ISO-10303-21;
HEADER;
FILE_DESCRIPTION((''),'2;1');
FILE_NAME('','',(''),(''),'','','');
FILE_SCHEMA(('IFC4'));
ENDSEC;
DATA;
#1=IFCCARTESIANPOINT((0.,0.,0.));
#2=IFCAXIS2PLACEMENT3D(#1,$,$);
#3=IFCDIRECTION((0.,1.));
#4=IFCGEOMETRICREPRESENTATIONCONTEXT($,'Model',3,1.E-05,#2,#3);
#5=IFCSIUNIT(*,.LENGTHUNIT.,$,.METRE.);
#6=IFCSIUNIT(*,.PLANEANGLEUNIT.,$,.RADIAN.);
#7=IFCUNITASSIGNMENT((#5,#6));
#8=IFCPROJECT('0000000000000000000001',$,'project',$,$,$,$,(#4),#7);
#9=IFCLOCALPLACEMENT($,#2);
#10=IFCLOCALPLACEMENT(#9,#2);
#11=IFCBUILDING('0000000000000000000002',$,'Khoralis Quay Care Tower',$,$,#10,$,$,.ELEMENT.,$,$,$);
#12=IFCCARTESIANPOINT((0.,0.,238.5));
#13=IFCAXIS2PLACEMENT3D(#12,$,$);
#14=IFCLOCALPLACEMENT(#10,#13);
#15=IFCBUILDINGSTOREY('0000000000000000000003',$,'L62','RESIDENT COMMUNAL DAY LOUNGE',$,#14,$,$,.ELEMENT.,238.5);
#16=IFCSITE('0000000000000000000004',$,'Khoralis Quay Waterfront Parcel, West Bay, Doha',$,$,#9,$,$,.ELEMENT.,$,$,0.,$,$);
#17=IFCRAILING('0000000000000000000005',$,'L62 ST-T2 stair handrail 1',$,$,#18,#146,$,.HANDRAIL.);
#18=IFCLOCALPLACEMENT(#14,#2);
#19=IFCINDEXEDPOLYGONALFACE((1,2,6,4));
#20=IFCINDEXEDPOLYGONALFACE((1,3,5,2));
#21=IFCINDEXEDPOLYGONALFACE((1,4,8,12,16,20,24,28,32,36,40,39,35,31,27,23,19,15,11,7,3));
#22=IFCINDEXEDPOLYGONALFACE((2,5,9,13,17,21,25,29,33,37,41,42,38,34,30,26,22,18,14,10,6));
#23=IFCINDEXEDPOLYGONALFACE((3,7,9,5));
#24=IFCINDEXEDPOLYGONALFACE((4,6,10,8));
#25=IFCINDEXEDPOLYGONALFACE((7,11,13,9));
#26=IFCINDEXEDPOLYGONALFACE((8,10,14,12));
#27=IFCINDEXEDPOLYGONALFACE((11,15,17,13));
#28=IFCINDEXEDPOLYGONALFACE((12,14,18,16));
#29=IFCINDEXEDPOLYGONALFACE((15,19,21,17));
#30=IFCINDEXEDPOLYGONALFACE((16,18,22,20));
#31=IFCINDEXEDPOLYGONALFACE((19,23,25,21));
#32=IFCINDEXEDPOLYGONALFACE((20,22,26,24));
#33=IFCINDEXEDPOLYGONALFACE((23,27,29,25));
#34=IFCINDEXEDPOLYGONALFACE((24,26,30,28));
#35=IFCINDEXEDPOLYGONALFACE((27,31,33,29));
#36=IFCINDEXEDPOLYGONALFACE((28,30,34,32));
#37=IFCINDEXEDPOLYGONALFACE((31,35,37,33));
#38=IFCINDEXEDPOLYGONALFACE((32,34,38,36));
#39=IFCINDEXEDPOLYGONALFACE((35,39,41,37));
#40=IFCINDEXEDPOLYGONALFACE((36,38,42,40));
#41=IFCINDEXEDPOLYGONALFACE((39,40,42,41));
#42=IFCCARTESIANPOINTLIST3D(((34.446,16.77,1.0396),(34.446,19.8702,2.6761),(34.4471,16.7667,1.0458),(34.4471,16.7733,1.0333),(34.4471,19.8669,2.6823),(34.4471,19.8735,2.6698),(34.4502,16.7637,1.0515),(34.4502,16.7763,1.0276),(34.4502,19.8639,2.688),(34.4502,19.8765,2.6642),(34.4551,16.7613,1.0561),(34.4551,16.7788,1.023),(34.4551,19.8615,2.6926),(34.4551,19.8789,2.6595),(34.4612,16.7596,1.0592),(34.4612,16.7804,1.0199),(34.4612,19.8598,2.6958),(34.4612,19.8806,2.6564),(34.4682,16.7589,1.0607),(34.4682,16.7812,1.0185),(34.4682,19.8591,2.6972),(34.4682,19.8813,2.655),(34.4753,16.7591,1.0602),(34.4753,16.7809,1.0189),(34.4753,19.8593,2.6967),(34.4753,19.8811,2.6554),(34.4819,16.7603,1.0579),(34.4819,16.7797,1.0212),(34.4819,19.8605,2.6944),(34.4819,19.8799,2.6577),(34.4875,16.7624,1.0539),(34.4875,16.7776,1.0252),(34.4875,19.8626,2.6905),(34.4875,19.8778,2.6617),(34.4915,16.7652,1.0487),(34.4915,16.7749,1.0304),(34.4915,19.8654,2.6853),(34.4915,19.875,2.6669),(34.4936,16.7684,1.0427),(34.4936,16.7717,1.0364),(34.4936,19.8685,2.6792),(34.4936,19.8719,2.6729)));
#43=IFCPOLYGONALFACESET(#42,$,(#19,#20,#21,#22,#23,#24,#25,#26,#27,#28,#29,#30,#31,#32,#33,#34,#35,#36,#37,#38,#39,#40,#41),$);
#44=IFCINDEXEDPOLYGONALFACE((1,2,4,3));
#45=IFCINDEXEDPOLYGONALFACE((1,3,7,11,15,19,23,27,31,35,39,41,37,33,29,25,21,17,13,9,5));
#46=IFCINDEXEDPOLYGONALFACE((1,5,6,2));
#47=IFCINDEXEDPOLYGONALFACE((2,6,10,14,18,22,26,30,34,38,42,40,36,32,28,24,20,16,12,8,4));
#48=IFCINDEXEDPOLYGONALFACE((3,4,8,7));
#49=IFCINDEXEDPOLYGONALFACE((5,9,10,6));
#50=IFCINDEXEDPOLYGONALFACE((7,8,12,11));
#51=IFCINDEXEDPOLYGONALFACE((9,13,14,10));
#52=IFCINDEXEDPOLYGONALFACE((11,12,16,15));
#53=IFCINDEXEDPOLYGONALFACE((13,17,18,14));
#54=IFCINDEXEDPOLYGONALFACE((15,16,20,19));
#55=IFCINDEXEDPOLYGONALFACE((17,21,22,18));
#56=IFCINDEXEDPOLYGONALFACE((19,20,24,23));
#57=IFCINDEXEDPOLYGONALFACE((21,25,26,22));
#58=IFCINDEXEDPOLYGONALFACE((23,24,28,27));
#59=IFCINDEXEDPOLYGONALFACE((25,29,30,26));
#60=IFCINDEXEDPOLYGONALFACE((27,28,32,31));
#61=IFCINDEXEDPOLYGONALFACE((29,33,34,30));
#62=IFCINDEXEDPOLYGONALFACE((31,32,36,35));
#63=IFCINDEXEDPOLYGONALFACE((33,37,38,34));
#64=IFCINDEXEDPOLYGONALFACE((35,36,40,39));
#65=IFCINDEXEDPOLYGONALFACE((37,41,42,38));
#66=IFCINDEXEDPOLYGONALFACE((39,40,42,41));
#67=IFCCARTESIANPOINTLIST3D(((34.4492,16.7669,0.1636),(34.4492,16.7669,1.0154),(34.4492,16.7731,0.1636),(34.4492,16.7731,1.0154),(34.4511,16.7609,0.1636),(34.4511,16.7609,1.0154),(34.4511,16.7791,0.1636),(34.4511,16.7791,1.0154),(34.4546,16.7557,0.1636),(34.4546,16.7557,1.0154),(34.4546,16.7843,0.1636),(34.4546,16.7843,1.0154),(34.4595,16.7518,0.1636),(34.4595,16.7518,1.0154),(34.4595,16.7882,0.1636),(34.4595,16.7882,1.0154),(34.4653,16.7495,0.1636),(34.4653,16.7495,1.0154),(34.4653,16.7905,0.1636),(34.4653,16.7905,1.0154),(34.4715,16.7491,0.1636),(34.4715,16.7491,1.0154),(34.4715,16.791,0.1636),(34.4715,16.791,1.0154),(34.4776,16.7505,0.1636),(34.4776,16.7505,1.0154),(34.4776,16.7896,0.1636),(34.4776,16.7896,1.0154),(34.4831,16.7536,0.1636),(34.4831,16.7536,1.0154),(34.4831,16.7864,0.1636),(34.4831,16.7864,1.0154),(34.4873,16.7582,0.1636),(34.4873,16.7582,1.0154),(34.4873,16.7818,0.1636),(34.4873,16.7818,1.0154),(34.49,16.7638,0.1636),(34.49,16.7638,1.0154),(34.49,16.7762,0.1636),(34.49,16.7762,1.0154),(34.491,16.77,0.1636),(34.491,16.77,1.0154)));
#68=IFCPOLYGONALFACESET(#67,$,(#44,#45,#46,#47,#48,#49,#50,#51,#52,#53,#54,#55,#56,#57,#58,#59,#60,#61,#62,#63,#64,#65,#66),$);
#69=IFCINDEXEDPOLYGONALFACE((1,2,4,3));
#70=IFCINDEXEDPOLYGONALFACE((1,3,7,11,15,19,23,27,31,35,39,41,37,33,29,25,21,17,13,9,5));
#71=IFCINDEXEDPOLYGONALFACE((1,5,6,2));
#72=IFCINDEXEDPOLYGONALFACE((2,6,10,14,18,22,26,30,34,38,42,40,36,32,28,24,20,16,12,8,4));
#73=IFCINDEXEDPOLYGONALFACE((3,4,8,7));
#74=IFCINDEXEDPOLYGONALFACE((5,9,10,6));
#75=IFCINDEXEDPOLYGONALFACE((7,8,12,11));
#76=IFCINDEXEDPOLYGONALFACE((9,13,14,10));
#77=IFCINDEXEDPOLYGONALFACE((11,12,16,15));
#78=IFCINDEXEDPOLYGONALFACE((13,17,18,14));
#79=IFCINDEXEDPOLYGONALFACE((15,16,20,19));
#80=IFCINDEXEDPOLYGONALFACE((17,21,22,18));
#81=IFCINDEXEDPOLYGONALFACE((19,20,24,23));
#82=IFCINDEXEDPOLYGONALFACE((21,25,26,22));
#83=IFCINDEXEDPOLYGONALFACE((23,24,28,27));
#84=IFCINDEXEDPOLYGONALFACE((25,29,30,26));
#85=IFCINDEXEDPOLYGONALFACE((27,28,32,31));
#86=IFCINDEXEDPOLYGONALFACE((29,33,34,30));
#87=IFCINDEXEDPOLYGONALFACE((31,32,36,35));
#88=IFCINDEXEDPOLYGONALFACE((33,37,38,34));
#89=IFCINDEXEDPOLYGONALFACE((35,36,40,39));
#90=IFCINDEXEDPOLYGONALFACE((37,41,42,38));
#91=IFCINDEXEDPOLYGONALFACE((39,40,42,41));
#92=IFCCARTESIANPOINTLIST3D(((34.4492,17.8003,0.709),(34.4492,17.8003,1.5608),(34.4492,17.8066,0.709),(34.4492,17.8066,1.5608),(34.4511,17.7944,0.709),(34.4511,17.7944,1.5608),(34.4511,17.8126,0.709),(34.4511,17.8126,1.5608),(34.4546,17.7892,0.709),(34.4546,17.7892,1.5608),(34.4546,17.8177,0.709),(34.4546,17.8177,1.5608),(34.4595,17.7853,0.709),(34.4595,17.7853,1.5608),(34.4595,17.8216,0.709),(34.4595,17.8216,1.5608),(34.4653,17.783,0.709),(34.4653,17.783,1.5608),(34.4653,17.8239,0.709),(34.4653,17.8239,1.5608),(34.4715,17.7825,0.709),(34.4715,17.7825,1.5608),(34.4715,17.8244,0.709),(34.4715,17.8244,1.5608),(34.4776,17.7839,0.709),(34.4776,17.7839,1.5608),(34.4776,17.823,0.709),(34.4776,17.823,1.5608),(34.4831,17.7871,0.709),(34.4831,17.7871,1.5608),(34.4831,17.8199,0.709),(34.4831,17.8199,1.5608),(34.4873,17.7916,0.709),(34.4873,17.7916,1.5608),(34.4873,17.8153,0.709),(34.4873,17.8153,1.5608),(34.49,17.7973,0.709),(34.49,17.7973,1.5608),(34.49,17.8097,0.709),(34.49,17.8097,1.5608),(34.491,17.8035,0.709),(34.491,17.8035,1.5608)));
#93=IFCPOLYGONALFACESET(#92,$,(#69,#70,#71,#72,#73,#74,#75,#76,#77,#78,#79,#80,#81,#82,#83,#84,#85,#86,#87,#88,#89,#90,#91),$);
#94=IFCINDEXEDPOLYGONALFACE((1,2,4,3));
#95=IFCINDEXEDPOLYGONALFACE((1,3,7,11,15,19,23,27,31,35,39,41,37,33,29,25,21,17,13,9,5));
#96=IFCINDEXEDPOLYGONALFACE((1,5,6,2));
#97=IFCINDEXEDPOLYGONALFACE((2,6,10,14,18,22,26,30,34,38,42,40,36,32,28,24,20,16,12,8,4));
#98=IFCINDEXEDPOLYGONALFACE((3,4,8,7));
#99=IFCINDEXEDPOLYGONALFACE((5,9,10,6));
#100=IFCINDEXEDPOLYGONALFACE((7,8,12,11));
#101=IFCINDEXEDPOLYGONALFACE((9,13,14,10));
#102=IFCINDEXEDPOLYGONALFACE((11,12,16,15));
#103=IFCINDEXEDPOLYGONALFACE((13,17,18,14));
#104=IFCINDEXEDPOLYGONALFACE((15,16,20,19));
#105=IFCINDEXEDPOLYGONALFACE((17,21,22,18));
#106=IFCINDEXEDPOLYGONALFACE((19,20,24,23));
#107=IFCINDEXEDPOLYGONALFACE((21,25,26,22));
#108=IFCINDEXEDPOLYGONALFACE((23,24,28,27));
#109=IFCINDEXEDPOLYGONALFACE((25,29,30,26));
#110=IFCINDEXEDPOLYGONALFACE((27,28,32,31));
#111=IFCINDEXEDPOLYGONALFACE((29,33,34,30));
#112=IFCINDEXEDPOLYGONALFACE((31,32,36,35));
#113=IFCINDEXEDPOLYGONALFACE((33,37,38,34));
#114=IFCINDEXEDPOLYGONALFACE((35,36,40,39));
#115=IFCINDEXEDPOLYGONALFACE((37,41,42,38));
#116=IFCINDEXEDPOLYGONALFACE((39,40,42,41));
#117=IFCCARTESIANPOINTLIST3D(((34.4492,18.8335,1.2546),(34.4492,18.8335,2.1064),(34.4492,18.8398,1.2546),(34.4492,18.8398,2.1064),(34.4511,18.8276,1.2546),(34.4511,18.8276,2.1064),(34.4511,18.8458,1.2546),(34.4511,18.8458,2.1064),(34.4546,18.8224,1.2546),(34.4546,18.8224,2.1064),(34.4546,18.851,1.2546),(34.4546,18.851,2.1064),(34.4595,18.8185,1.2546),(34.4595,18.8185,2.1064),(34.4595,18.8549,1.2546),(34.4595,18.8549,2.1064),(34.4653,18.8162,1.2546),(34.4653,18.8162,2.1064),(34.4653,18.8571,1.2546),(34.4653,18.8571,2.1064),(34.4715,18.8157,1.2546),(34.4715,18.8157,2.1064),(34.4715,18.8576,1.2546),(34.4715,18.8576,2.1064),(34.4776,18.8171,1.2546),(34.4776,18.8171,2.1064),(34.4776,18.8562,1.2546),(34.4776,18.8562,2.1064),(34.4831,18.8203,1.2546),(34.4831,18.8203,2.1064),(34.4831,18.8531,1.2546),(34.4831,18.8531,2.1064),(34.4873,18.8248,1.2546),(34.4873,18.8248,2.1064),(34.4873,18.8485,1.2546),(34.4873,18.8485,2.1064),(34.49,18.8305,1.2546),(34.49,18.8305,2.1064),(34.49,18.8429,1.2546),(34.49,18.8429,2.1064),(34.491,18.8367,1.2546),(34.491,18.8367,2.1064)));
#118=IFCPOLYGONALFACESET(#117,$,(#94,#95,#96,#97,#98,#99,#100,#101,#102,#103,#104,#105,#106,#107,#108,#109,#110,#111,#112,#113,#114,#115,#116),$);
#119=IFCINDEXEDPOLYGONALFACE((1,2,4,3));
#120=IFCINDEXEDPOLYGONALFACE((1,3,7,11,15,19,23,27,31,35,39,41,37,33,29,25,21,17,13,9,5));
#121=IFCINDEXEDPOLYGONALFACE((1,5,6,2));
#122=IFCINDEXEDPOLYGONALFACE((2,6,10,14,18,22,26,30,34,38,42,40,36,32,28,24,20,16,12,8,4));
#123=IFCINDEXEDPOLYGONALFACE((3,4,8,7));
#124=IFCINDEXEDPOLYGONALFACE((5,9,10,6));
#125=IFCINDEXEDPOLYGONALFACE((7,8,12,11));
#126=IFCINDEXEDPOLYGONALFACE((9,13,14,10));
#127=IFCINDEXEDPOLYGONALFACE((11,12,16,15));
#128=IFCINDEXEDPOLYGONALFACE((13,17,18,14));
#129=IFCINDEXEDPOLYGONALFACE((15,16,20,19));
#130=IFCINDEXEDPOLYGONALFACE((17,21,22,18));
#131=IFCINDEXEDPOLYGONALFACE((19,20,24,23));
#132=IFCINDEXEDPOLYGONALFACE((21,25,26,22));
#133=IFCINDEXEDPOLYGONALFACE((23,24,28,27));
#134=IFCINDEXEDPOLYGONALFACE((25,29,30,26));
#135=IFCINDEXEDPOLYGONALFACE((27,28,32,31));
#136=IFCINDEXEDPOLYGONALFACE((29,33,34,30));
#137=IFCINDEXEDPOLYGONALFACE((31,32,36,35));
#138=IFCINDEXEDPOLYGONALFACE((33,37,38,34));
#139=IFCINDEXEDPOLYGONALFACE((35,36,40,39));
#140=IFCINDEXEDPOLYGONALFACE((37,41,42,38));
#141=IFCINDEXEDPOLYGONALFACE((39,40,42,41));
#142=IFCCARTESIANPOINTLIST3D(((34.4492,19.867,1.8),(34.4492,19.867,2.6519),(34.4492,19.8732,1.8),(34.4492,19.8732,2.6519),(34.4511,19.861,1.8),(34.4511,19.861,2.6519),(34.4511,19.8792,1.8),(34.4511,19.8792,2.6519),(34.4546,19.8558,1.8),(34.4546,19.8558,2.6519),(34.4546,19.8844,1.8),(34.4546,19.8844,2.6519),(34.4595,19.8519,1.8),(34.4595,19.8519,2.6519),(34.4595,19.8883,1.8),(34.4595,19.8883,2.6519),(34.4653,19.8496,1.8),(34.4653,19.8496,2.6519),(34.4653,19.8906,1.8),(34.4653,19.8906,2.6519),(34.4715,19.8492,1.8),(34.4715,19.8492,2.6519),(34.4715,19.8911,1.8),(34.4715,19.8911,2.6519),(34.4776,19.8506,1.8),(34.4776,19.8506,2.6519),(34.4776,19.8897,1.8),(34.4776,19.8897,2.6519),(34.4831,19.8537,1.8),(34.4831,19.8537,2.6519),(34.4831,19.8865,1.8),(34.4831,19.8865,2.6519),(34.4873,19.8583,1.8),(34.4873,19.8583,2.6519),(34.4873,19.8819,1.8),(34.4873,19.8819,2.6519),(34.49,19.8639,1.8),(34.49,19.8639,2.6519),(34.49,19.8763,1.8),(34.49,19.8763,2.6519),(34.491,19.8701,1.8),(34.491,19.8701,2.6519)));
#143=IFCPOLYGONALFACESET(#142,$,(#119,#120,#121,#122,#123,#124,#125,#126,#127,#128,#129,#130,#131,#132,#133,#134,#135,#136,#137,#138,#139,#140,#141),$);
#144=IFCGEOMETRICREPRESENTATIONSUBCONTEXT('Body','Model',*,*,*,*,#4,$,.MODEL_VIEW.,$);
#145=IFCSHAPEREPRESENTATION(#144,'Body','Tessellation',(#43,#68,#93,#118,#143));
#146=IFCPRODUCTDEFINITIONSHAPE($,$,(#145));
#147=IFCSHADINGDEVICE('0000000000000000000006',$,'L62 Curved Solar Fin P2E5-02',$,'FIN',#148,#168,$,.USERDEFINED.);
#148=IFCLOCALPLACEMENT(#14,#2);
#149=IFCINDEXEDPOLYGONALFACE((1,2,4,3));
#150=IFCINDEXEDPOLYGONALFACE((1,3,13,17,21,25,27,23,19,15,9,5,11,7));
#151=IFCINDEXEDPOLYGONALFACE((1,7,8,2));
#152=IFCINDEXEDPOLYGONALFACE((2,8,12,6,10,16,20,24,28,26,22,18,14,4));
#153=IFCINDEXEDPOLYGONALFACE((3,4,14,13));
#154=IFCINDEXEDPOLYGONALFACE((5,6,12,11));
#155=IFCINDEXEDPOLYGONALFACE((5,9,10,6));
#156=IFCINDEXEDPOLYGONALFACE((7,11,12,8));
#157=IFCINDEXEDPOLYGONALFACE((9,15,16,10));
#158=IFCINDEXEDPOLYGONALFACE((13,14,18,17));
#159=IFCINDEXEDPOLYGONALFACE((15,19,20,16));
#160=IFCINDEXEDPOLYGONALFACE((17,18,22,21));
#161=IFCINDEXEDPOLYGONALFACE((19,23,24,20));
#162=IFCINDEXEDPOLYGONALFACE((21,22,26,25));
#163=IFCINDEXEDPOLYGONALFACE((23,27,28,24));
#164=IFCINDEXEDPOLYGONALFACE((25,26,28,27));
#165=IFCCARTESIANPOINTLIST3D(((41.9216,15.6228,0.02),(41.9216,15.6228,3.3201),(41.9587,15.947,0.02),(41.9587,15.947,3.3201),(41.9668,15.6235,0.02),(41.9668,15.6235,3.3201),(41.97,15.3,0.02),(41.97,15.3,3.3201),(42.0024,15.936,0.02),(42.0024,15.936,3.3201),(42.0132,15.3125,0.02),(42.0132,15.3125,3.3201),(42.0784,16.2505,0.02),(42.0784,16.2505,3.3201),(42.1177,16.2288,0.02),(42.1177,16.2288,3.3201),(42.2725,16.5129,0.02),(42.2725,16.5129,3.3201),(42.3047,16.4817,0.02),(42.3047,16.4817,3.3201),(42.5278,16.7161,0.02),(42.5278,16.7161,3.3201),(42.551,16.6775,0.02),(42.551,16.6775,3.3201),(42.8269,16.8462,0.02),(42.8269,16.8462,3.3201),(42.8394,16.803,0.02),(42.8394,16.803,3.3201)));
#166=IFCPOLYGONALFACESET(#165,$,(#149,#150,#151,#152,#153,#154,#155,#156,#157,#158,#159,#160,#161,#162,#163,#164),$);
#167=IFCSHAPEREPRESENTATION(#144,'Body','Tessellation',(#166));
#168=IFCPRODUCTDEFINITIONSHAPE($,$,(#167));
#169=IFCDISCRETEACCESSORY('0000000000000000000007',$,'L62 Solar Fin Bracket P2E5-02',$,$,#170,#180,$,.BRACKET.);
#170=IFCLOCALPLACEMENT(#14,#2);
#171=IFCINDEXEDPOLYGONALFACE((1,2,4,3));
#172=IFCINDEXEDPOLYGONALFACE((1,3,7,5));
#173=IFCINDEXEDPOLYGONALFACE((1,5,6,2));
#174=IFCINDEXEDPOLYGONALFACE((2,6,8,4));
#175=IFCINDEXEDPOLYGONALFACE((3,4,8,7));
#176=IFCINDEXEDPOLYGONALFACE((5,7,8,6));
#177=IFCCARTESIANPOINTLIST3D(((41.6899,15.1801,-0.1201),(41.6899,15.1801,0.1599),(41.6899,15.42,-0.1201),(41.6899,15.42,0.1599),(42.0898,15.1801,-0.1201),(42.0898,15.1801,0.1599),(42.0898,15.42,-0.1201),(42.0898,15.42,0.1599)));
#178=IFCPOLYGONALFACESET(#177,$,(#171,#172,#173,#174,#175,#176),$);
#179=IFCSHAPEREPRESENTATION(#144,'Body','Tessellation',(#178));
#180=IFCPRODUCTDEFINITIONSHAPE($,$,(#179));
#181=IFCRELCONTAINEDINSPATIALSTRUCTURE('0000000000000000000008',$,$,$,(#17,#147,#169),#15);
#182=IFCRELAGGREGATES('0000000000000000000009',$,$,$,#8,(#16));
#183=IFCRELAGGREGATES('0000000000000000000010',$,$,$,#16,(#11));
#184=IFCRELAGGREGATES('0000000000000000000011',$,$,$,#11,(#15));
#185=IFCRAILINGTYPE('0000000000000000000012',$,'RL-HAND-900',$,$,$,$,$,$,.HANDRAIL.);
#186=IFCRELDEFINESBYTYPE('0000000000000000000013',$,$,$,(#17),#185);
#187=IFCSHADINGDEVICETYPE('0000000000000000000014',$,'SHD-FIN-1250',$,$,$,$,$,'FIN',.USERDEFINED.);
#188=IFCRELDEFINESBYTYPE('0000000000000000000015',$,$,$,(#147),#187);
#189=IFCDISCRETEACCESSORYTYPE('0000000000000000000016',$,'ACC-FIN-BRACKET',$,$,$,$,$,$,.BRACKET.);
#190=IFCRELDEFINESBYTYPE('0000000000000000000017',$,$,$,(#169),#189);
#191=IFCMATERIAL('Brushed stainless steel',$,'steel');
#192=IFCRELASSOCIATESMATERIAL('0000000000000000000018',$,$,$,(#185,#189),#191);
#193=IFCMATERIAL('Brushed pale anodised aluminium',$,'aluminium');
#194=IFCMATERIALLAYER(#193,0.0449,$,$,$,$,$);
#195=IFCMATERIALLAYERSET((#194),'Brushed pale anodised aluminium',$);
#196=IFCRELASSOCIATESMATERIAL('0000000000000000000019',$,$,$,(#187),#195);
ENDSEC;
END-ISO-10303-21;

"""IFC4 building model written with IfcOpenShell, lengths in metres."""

from ifc_helpers import new_model, si_unit, direction, frame, origin, origin_2d, place, context, subcontext, project, spatial, polyline, rectangle, circle, outline, extrude, source, transform, mapped, material, layer, layer_set, type_object, element, save


model = new_model("IFC4")

# Units and contexts
model_context = context("Model", 3, precision=1e-05, world=origin(), true_north=direction((0.0, 1.0)))
body_context = subcontext(model_context, "Body", "Model", "MODEL_VIEW")
ifc_project = project(units=[si_unit("LENGTHUNIT", "METRE"), si_unit("PLANEANGLEUNIT", "RADIAN")], contexts=[model_context])

# Site, building, storey
site_placement = place(None, origin())
site = spatial("IfcSite", under=ifc_project, at=site_placement, Name="Khoralis Quay Waterfront Parcel, West Bay, Doha", CompositionType="ELEMENT", RefElevation=0.0)
building_placement = place(site_placement, origin())
building = spatial("IfcBuilding", under=site, at=building_placement, Name="Khoralis Quay Care Tower", CompositionType="ELEMENT")
storey_placement = place(building_placement, frame((0.0, 0.0, 238.5)))
storey = spatial("IfcBuildingStorey", under=building, at=storey_placement, Name="L62", Description="RESIDENT COMMUNAL DAY LOUNGE", CompositionType="ELEMENT", Elevation=238.5)

# Shared definitions
ifc_material_1 = material(Name="Brushed stainless steel", Category="steel")

# Railing
railing_type_1 = type_object("IfcRailingType", Name="RL-HAND-900", PredefinedType="HANDRAIL", material=ifc_material_1)
railing_1_placement = place(storey_placement, frame((34.47, 16.77, 0.1636)))
element("IfcRailing", 1, at=railing_1_placement, inside=storey, type_object=railing_type_1, Name="L62 ST-T2 stair handrail 1", PredefinedType="HANDRAIL", context=body_context, shape_type="SweptSolid", body=[
    extrude(circle(Radius=0.0239, at=origin_2d()), frame((0.0, 0.0, 0.876), z_axis=(0.0, 0.884348, 0.466828), x_axis=(-1.0, 0.0, 0.0)), (0.0, 0.0, 1.0), 3.5056),
    extrude(circle(Radius=0.021, at=origin_2d()), origin(), (0.0, 0.0, 1.0), 0.8518),
    extrude(circle(Radius=0.021, at=origin_2d()), frame((0.0, 1.0334, 0.5454)), (0.0, 0.0, 1.0), 0.8518),
    extrude(circle(Radius=0.021, at=origin_2d()), frame((0.0, 2.0667, 1.0911)), (0.0, 0.0, 1.0), 0.8518),
    extrude(circle(Radius=0.021, at=origin_2d()), frame((0.0, 3.1001, 1.6365)), (0.0, 0.0, 1.0), 0.8518),
])

# Shading device
ifc_material_2 = material(Name="Brushed pale anodised aluminium", Category="aluminium")
ifc_layer_1 = layer(ifc_material_2, 0.0449)
ifc_layer_set_1 = layer_set([ifc_layer_1], Name="Brushed pale anodised aluminium")
shading_device_type = type_object("IfcShadingDeviceType", Name="SHD-FIN-1250", ElementType="FIN", PredefinedType="USERDEFINED", material=ifc_layer_set_1)
shared_shape_1 = source(origin(), body_context, "Body", "SweptSolid", [
    extrude(outline(polyline([(0.0, 0.0), (-0.0483, 0.3228), (-0.0112, 0.647), (0.1084, 0.9504), (0.3025, 1.2129), (0.5579, 1.416), (0.8569, 1.5461), (0.8694, 1.5029), (0.5811, 1.3774), (0.3347, 1.1816), (0.1477, 0.9287), (0.0325, 0.636), (-0.0032, 0.3235), (0.0432, 0.0125), (0.0, 0.0)])), origin(), (0.0, 0.0, 1.0), 3.3),
])
shading_device_placement = place(storey_placement, frame((41.97, 15.3, 0.02), z_axis=(0.0, 0.0, 1.0), x_axis=(1.0, 0.0, 0.0)))
element("IfcShadingDevice", 2, at=shading_device_placement, inside=storey, type_object=shading_device_type, Name="L62 Curved Solar Fin P2E5-02", ObjectType="FIN", PredefinedType="USERDEFINED", context=body_context, shape_type="MappedRepresentation", body=[
    mapped(shared_shape_1, transform((0.0, 0.0, 0.0), scale=1.0)),
])

# Discrete accessory
discrete_accessory_type = type_object("IfcDiscreteAccessoryType", Name="ACC-FIN-BRACKET", PredefinedType="BRACKET", material=ifc_material_1)
shared_shape_2 = source(origin(), body_context, "Body", "SweptSolid", [
    extrude(rectangle(XDim=0.3999, YDim=0.24, at=origin_2d()), origin(), (0.0, 0.0, 1.0), 0.28),
])
discrete_accessory_placement = place(storey_placement, frame((41.8899, 15.3, -0.1201), z_axis=(0.0, 0.0, 1.0), x_axis=(1.0, 0.0, 0.0)))
element("IfcDiscreteAccessory", 3, at=discrete_accessory_placement, inside=storey, type_object=discrete_accessory_type, Name="L62 Solar Fin Bracket P2E5-02", PredefinedType="BRACKET", context=body_context, shape_type="MappedRepresentation", body=[
    mapped(shared_shape_2, transform((0.0, 0.0, 0.0), scale=1.0)),
])

save(model, "model.ifc")
